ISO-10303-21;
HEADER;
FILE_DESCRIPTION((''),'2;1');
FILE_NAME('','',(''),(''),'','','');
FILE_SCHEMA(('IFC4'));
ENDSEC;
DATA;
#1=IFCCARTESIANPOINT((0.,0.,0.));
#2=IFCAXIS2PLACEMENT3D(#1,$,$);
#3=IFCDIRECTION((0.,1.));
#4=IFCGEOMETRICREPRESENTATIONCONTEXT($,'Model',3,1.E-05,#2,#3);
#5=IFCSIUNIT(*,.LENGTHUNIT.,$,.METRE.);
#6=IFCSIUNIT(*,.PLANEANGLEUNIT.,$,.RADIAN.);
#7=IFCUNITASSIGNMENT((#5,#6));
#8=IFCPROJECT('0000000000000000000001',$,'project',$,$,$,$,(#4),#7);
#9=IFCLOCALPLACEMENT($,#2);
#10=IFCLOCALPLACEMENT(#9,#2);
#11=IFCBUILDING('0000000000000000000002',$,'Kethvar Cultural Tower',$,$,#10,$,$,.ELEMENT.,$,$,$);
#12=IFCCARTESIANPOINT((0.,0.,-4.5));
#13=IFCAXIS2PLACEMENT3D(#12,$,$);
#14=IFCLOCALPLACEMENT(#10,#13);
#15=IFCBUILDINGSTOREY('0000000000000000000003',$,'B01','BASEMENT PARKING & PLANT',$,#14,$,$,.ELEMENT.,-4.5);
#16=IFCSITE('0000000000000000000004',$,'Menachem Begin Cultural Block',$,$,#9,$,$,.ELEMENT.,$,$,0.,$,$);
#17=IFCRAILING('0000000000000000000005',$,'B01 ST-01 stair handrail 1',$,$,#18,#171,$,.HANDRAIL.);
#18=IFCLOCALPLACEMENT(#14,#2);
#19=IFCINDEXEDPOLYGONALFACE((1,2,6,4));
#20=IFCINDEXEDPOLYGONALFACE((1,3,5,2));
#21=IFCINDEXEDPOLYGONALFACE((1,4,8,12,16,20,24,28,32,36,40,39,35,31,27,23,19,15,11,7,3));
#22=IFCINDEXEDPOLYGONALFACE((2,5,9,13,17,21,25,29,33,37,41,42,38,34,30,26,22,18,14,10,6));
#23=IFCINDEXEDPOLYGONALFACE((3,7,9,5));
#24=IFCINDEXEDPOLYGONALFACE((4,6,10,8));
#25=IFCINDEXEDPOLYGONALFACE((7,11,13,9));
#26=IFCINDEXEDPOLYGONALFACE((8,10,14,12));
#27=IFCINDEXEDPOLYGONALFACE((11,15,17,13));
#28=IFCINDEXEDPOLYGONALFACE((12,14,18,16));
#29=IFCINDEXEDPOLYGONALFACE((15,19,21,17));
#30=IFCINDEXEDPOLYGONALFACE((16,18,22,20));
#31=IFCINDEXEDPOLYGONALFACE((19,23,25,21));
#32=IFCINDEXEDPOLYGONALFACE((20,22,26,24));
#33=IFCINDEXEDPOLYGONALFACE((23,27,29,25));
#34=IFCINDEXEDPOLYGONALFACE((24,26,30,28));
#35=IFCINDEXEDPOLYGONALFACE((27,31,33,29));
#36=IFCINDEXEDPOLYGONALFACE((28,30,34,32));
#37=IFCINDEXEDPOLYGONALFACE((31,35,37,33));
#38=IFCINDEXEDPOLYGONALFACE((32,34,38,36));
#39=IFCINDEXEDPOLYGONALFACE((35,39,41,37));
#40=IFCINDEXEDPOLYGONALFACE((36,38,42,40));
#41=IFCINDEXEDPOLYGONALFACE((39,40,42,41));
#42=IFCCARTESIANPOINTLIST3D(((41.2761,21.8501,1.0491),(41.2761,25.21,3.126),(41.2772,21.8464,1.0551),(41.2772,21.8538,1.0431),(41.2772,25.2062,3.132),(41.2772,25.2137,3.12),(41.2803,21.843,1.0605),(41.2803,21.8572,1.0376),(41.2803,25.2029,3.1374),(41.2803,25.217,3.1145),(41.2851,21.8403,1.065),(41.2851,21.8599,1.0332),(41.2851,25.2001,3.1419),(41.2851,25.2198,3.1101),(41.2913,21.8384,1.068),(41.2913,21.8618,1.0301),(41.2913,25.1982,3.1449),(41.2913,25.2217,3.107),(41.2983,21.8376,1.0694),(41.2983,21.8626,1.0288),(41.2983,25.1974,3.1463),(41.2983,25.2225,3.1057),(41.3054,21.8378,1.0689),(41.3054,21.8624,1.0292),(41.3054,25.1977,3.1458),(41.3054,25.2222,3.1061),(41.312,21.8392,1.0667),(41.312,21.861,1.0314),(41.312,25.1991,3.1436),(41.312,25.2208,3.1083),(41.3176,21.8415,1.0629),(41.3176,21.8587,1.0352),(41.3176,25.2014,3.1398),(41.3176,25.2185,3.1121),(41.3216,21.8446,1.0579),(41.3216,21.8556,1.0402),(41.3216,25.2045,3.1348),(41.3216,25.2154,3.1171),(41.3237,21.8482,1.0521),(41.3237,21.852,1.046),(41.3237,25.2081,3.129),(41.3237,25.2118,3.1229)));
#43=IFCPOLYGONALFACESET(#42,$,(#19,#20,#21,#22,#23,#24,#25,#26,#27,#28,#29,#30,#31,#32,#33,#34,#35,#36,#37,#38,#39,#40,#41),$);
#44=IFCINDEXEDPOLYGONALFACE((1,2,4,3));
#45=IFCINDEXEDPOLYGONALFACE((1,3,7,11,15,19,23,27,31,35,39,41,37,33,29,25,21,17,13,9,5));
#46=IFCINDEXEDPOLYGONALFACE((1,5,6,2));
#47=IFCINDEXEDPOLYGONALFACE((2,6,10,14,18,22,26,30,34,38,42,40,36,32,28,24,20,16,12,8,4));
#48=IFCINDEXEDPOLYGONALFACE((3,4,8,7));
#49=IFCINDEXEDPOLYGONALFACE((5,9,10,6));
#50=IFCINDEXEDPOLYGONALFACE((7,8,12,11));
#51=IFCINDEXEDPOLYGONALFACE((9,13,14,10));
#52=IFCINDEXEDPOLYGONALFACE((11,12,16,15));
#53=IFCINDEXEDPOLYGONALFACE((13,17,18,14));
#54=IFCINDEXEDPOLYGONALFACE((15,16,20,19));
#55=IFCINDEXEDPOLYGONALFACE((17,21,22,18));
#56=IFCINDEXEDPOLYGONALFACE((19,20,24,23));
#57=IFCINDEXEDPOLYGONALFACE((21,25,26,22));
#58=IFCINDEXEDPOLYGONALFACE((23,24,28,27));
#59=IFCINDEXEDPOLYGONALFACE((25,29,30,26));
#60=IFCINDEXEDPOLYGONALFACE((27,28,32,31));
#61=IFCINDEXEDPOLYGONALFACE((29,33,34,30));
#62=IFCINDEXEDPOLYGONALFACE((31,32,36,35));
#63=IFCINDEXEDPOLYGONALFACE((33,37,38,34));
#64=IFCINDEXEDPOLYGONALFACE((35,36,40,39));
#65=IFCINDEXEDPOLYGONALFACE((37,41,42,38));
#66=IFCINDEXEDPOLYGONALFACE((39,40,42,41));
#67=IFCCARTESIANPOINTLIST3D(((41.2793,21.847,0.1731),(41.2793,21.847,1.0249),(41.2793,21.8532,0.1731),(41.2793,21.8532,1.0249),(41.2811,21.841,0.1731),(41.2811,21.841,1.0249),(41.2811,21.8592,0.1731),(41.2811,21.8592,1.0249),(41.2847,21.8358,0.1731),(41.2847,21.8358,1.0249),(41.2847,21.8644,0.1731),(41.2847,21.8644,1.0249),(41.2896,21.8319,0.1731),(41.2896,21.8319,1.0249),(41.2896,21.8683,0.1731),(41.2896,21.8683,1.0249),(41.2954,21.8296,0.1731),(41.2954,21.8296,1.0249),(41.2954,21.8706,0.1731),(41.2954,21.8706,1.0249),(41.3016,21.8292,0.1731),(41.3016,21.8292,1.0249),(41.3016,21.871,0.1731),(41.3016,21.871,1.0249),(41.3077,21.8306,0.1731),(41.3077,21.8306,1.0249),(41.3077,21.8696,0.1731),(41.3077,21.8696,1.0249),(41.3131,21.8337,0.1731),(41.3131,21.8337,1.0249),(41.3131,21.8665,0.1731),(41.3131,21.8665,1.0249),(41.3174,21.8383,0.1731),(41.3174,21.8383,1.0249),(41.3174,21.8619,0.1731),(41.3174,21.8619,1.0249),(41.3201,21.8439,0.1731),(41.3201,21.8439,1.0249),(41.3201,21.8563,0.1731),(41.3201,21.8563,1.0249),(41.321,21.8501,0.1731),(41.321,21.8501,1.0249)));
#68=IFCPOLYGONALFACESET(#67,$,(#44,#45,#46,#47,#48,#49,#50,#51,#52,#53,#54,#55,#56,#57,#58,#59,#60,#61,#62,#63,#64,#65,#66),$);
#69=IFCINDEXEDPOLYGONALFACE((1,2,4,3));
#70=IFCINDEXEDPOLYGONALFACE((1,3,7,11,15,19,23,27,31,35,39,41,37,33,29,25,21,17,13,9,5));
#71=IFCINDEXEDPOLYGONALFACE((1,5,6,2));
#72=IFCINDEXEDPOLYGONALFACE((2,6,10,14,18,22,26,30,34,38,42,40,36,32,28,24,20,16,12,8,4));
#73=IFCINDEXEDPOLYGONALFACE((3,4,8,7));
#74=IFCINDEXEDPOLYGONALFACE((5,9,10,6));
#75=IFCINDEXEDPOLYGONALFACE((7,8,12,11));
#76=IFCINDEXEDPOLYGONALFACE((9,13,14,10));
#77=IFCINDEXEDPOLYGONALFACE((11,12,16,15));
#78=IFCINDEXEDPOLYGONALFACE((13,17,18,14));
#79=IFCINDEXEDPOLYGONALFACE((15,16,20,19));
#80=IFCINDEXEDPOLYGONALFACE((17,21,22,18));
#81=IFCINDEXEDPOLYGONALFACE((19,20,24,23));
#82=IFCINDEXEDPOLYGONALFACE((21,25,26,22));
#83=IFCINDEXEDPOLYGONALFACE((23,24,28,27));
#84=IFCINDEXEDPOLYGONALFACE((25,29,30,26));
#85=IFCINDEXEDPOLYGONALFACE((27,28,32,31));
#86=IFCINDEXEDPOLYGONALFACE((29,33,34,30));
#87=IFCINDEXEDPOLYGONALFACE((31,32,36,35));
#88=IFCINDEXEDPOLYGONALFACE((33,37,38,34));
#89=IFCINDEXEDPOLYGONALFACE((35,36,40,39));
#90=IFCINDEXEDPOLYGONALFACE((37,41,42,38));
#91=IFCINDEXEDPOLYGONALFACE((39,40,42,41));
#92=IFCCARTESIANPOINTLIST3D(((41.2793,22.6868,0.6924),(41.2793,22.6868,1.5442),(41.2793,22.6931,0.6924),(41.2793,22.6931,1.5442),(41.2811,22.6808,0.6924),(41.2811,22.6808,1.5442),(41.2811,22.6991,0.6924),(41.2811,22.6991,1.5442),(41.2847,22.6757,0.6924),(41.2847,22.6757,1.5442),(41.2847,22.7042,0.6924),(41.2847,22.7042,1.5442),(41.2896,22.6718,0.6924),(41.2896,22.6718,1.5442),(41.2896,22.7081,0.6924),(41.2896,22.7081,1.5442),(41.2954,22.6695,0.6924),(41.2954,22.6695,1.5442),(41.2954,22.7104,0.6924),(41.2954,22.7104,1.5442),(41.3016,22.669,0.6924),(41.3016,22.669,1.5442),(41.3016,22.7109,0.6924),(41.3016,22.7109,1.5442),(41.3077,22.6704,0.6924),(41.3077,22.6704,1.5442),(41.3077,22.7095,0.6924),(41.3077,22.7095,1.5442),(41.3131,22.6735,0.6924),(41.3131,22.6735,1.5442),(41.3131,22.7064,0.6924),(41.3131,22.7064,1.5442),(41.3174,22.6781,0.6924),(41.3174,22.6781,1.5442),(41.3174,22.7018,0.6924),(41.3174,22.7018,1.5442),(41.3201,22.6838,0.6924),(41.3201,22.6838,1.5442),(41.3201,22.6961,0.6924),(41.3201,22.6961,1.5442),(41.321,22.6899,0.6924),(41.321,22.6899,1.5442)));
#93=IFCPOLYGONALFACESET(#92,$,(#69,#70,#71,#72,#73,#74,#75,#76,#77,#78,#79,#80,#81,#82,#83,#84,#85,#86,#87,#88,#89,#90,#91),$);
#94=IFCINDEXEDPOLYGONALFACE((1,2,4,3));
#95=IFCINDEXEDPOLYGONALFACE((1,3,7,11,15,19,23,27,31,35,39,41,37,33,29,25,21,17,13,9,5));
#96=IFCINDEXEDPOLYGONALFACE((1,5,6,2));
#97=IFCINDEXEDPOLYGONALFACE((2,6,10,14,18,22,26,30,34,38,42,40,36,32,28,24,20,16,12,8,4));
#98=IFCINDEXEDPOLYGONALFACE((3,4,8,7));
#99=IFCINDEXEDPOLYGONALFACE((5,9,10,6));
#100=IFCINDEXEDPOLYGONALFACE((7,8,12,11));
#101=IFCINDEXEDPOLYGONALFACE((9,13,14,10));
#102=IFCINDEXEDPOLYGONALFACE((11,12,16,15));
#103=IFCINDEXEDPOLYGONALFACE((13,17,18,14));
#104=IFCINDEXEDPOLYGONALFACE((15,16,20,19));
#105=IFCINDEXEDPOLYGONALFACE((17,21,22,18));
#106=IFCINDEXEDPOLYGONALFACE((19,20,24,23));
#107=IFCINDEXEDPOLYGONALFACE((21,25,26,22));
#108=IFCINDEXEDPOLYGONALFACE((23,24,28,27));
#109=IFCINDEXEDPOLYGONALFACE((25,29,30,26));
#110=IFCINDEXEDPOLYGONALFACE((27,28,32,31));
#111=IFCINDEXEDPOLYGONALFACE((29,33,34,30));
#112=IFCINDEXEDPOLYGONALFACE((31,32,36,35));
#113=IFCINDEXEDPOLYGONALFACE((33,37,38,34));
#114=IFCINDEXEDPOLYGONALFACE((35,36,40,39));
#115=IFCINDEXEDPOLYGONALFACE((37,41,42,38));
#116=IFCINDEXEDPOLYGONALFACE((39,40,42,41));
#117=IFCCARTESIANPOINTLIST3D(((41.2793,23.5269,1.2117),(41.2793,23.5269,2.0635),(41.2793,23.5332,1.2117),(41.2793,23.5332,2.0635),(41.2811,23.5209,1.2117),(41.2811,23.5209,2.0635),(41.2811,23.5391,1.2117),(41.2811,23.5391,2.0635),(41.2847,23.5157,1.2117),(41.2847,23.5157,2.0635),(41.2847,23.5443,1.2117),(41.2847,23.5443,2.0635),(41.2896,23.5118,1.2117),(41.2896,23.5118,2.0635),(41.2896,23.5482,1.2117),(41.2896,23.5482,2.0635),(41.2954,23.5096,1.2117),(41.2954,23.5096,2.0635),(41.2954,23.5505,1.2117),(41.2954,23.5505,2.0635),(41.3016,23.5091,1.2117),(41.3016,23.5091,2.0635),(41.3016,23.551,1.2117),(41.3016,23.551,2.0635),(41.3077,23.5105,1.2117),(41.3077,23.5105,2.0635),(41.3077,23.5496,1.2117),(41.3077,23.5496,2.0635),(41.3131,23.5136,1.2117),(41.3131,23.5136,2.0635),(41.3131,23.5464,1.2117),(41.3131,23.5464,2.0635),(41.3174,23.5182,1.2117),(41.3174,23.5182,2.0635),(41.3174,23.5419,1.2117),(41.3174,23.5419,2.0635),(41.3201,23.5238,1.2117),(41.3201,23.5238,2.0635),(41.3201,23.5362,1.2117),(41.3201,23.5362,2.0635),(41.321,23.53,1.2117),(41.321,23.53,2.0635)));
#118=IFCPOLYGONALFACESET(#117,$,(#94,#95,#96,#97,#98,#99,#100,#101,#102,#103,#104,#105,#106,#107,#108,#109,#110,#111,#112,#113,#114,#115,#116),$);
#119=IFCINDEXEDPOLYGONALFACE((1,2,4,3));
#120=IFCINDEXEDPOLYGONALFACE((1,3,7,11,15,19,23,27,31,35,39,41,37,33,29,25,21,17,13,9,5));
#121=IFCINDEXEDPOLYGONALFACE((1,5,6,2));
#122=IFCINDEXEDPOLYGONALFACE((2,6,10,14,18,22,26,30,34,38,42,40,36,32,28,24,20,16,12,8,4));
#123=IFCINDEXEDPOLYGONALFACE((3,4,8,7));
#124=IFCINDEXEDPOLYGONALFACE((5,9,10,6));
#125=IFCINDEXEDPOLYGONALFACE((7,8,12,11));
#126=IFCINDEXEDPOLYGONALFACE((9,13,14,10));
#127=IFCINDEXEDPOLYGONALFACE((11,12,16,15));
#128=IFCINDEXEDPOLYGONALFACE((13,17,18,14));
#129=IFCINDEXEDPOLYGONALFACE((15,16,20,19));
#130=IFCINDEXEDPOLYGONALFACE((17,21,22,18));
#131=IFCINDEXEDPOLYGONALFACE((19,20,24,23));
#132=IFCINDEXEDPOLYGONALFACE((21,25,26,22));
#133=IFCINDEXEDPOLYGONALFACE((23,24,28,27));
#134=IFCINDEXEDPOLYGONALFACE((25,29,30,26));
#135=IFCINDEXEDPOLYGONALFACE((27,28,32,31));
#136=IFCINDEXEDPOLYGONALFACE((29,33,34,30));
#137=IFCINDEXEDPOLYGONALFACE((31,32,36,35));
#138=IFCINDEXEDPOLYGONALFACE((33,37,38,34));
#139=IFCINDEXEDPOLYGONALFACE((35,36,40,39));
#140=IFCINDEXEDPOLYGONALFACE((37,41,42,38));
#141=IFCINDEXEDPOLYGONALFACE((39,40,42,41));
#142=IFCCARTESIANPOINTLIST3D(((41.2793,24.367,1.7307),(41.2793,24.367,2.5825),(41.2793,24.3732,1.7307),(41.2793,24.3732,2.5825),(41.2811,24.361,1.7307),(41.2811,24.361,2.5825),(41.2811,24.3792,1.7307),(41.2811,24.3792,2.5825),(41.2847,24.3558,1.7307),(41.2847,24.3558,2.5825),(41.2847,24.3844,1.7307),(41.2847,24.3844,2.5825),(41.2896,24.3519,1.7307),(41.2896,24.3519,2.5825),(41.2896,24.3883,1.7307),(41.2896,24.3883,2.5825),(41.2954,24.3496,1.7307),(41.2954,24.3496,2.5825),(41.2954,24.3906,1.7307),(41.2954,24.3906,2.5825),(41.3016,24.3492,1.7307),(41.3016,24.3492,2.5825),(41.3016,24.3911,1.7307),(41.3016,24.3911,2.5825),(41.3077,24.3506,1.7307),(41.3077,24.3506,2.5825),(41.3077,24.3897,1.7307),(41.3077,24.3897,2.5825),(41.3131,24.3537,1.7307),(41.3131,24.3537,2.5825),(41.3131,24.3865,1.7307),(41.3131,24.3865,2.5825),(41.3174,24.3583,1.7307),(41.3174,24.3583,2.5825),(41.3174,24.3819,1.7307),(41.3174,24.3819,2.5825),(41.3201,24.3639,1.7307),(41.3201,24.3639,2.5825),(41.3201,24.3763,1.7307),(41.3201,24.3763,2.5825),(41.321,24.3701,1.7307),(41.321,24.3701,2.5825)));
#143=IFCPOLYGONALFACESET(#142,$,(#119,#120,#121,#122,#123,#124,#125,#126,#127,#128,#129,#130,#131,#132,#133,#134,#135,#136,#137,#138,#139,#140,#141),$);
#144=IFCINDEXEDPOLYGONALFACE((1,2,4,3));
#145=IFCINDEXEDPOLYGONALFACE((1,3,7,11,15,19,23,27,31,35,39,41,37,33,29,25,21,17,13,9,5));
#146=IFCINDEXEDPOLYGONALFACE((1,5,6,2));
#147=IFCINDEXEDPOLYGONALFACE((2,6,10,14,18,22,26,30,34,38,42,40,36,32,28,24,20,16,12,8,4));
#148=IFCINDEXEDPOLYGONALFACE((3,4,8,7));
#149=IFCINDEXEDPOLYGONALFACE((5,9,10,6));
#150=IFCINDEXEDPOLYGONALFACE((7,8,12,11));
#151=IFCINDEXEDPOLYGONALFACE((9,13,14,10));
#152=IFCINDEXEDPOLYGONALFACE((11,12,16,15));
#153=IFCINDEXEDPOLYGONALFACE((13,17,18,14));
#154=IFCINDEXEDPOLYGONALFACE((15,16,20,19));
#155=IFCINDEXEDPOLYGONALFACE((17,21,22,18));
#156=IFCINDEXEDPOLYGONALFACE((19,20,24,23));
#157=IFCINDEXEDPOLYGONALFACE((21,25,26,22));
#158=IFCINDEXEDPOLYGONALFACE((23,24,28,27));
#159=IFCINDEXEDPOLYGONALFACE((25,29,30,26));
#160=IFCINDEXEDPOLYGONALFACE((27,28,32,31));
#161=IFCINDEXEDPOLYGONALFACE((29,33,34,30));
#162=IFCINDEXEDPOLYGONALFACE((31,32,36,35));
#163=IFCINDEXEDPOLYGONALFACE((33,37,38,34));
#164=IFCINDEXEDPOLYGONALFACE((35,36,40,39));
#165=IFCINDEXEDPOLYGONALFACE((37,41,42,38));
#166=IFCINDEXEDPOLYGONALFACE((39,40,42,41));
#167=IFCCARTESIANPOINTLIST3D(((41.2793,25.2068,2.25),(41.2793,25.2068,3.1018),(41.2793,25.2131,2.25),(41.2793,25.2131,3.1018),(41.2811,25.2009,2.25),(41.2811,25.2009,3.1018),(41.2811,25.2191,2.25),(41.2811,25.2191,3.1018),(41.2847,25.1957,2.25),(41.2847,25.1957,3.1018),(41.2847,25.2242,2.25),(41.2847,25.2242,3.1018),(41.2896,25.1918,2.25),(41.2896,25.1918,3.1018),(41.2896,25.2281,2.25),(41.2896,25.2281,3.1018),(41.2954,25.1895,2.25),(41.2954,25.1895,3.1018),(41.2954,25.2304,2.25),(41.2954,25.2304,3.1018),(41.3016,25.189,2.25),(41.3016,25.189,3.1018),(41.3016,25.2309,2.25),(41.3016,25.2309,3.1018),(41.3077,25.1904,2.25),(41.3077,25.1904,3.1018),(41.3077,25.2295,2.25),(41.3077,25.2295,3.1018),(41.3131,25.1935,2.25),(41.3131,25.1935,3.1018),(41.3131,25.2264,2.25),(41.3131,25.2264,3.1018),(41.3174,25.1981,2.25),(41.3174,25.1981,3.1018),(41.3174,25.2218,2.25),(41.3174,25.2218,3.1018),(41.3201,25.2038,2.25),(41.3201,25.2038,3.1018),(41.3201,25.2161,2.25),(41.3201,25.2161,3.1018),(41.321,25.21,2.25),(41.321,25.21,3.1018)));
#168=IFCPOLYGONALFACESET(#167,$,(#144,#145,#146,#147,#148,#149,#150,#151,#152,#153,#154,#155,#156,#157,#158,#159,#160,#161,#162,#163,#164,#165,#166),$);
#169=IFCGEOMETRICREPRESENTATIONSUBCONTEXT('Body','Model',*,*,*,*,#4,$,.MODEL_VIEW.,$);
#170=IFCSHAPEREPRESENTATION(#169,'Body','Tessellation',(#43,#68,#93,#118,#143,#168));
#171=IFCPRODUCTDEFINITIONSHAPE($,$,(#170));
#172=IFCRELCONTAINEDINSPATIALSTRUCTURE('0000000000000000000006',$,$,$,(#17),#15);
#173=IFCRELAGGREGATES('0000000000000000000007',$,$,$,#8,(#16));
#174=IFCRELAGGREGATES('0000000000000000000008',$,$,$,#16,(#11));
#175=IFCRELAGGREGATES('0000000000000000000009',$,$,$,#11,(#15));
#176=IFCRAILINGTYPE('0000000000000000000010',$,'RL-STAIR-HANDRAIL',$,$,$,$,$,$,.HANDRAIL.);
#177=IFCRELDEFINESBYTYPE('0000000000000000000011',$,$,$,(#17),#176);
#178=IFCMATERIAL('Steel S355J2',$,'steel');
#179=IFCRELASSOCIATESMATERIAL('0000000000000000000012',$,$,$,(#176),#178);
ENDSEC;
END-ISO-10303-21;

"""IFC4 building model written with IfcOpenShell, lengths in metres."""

from ifc_helpers import new_model, si_unit, direction, frame, origin, origin_2d, place, context, subcontext, project, spatial, circle, extrude, material, type_object, element, save


model = new_model("IFC4")

# Units and contexts
model_context = context("Model", 3, precision=1e-05, world=origin(), true_north=direction((0.0, 1.0)))
body_context = subcontext(model_context, "Body", "Model", "MODEL_VIEW")
ifc_project = project(units=[si_unit("LENGTHUNIT", "METRE"), si_unit("PLANEANGLEUNIT", "RADIAN")], contexts=[model_context])

# Site, building, storey
site_placement = place(None, origin())
site = spatial("IfcSite", under=ifc_project, at=site_placement, Name="Menachem Begin Cultural Block", CompositionType="ELEMENT", RefElevation=0.0)
building_placement = place(site_placement, origin())
building = spatial("IfcBuilding", under=site, at=building_placement, Name="Kethvar Cultural Tower", CompositionType="ELEMENT")
storey_placement = place(building_placement, frame((0.0, 0.0, -4.5)))
storey = spatial("IfcBuildingStorey", under=building, at=storey_placement, Name="B01", Description="BASEMENT PARKING & PLANT", CompositionType="ELEMENT", Elevation=-4.5)

# Shared definitions
ifc_material_1 = material(Name="Steel S355J2", Category="steel")

# Railing
railing_type_1 = type_object("IfcRailingType", Name="RL-STAIR-HANDRAIL", PredefinedType="HANDRAIL", material=ifc_material_1)
railing_1_placement = place(storey_placement, frame((41.3, 21.8501, 0.1731)))
element("IfcRailing", 1, at=railing_1_placement, inside=storey, type_object=railing_type_1, Name="B01 ST-01 stair handrail 1", PredefinedType="HANDRAIL", context=body_context, shape_type="SweptSolid", body=[
    extrude(circle(Radius=0.0239, at=origin_2d()), frame((0.0, 0.0, 0.876), z_axis=(0.0, 0.850606, 0.525803), x_axis=(-1.0, 0.0, 0.0)), (0.0, 0.0, 1.0), 3.95),
    extrude(circle(Radius=0.021, at=origin_2d()), origin(), (0.0, 0.0, 1.0), 0.8518),
    extrude(circle(Radius=0.021, at=origin_2d()), frame((0.0, 0.8398, 0.5193)), (0.0, 0.0, 1.0), 0.8518),
    extrude(circle(Radius=0.021, at=origin_2d()), frame((0.0, 1.6799, 1.0386)), (0.0, 0.0, 1.0), 0.8518),
    extrude(circle(Radius=0.021, at=origin_2d()), frame((0.0, 2.52, 1.5576)), (0.0, 0.0, 1.0), 0.8518),
    extrude(circle(Radius=0.021, at=origin_2d()), frame((0.0, 3.3599, 2.0769)), (0.0, 0.0, 1.0), 0.8518),
])

save(model, "model.ifc")
